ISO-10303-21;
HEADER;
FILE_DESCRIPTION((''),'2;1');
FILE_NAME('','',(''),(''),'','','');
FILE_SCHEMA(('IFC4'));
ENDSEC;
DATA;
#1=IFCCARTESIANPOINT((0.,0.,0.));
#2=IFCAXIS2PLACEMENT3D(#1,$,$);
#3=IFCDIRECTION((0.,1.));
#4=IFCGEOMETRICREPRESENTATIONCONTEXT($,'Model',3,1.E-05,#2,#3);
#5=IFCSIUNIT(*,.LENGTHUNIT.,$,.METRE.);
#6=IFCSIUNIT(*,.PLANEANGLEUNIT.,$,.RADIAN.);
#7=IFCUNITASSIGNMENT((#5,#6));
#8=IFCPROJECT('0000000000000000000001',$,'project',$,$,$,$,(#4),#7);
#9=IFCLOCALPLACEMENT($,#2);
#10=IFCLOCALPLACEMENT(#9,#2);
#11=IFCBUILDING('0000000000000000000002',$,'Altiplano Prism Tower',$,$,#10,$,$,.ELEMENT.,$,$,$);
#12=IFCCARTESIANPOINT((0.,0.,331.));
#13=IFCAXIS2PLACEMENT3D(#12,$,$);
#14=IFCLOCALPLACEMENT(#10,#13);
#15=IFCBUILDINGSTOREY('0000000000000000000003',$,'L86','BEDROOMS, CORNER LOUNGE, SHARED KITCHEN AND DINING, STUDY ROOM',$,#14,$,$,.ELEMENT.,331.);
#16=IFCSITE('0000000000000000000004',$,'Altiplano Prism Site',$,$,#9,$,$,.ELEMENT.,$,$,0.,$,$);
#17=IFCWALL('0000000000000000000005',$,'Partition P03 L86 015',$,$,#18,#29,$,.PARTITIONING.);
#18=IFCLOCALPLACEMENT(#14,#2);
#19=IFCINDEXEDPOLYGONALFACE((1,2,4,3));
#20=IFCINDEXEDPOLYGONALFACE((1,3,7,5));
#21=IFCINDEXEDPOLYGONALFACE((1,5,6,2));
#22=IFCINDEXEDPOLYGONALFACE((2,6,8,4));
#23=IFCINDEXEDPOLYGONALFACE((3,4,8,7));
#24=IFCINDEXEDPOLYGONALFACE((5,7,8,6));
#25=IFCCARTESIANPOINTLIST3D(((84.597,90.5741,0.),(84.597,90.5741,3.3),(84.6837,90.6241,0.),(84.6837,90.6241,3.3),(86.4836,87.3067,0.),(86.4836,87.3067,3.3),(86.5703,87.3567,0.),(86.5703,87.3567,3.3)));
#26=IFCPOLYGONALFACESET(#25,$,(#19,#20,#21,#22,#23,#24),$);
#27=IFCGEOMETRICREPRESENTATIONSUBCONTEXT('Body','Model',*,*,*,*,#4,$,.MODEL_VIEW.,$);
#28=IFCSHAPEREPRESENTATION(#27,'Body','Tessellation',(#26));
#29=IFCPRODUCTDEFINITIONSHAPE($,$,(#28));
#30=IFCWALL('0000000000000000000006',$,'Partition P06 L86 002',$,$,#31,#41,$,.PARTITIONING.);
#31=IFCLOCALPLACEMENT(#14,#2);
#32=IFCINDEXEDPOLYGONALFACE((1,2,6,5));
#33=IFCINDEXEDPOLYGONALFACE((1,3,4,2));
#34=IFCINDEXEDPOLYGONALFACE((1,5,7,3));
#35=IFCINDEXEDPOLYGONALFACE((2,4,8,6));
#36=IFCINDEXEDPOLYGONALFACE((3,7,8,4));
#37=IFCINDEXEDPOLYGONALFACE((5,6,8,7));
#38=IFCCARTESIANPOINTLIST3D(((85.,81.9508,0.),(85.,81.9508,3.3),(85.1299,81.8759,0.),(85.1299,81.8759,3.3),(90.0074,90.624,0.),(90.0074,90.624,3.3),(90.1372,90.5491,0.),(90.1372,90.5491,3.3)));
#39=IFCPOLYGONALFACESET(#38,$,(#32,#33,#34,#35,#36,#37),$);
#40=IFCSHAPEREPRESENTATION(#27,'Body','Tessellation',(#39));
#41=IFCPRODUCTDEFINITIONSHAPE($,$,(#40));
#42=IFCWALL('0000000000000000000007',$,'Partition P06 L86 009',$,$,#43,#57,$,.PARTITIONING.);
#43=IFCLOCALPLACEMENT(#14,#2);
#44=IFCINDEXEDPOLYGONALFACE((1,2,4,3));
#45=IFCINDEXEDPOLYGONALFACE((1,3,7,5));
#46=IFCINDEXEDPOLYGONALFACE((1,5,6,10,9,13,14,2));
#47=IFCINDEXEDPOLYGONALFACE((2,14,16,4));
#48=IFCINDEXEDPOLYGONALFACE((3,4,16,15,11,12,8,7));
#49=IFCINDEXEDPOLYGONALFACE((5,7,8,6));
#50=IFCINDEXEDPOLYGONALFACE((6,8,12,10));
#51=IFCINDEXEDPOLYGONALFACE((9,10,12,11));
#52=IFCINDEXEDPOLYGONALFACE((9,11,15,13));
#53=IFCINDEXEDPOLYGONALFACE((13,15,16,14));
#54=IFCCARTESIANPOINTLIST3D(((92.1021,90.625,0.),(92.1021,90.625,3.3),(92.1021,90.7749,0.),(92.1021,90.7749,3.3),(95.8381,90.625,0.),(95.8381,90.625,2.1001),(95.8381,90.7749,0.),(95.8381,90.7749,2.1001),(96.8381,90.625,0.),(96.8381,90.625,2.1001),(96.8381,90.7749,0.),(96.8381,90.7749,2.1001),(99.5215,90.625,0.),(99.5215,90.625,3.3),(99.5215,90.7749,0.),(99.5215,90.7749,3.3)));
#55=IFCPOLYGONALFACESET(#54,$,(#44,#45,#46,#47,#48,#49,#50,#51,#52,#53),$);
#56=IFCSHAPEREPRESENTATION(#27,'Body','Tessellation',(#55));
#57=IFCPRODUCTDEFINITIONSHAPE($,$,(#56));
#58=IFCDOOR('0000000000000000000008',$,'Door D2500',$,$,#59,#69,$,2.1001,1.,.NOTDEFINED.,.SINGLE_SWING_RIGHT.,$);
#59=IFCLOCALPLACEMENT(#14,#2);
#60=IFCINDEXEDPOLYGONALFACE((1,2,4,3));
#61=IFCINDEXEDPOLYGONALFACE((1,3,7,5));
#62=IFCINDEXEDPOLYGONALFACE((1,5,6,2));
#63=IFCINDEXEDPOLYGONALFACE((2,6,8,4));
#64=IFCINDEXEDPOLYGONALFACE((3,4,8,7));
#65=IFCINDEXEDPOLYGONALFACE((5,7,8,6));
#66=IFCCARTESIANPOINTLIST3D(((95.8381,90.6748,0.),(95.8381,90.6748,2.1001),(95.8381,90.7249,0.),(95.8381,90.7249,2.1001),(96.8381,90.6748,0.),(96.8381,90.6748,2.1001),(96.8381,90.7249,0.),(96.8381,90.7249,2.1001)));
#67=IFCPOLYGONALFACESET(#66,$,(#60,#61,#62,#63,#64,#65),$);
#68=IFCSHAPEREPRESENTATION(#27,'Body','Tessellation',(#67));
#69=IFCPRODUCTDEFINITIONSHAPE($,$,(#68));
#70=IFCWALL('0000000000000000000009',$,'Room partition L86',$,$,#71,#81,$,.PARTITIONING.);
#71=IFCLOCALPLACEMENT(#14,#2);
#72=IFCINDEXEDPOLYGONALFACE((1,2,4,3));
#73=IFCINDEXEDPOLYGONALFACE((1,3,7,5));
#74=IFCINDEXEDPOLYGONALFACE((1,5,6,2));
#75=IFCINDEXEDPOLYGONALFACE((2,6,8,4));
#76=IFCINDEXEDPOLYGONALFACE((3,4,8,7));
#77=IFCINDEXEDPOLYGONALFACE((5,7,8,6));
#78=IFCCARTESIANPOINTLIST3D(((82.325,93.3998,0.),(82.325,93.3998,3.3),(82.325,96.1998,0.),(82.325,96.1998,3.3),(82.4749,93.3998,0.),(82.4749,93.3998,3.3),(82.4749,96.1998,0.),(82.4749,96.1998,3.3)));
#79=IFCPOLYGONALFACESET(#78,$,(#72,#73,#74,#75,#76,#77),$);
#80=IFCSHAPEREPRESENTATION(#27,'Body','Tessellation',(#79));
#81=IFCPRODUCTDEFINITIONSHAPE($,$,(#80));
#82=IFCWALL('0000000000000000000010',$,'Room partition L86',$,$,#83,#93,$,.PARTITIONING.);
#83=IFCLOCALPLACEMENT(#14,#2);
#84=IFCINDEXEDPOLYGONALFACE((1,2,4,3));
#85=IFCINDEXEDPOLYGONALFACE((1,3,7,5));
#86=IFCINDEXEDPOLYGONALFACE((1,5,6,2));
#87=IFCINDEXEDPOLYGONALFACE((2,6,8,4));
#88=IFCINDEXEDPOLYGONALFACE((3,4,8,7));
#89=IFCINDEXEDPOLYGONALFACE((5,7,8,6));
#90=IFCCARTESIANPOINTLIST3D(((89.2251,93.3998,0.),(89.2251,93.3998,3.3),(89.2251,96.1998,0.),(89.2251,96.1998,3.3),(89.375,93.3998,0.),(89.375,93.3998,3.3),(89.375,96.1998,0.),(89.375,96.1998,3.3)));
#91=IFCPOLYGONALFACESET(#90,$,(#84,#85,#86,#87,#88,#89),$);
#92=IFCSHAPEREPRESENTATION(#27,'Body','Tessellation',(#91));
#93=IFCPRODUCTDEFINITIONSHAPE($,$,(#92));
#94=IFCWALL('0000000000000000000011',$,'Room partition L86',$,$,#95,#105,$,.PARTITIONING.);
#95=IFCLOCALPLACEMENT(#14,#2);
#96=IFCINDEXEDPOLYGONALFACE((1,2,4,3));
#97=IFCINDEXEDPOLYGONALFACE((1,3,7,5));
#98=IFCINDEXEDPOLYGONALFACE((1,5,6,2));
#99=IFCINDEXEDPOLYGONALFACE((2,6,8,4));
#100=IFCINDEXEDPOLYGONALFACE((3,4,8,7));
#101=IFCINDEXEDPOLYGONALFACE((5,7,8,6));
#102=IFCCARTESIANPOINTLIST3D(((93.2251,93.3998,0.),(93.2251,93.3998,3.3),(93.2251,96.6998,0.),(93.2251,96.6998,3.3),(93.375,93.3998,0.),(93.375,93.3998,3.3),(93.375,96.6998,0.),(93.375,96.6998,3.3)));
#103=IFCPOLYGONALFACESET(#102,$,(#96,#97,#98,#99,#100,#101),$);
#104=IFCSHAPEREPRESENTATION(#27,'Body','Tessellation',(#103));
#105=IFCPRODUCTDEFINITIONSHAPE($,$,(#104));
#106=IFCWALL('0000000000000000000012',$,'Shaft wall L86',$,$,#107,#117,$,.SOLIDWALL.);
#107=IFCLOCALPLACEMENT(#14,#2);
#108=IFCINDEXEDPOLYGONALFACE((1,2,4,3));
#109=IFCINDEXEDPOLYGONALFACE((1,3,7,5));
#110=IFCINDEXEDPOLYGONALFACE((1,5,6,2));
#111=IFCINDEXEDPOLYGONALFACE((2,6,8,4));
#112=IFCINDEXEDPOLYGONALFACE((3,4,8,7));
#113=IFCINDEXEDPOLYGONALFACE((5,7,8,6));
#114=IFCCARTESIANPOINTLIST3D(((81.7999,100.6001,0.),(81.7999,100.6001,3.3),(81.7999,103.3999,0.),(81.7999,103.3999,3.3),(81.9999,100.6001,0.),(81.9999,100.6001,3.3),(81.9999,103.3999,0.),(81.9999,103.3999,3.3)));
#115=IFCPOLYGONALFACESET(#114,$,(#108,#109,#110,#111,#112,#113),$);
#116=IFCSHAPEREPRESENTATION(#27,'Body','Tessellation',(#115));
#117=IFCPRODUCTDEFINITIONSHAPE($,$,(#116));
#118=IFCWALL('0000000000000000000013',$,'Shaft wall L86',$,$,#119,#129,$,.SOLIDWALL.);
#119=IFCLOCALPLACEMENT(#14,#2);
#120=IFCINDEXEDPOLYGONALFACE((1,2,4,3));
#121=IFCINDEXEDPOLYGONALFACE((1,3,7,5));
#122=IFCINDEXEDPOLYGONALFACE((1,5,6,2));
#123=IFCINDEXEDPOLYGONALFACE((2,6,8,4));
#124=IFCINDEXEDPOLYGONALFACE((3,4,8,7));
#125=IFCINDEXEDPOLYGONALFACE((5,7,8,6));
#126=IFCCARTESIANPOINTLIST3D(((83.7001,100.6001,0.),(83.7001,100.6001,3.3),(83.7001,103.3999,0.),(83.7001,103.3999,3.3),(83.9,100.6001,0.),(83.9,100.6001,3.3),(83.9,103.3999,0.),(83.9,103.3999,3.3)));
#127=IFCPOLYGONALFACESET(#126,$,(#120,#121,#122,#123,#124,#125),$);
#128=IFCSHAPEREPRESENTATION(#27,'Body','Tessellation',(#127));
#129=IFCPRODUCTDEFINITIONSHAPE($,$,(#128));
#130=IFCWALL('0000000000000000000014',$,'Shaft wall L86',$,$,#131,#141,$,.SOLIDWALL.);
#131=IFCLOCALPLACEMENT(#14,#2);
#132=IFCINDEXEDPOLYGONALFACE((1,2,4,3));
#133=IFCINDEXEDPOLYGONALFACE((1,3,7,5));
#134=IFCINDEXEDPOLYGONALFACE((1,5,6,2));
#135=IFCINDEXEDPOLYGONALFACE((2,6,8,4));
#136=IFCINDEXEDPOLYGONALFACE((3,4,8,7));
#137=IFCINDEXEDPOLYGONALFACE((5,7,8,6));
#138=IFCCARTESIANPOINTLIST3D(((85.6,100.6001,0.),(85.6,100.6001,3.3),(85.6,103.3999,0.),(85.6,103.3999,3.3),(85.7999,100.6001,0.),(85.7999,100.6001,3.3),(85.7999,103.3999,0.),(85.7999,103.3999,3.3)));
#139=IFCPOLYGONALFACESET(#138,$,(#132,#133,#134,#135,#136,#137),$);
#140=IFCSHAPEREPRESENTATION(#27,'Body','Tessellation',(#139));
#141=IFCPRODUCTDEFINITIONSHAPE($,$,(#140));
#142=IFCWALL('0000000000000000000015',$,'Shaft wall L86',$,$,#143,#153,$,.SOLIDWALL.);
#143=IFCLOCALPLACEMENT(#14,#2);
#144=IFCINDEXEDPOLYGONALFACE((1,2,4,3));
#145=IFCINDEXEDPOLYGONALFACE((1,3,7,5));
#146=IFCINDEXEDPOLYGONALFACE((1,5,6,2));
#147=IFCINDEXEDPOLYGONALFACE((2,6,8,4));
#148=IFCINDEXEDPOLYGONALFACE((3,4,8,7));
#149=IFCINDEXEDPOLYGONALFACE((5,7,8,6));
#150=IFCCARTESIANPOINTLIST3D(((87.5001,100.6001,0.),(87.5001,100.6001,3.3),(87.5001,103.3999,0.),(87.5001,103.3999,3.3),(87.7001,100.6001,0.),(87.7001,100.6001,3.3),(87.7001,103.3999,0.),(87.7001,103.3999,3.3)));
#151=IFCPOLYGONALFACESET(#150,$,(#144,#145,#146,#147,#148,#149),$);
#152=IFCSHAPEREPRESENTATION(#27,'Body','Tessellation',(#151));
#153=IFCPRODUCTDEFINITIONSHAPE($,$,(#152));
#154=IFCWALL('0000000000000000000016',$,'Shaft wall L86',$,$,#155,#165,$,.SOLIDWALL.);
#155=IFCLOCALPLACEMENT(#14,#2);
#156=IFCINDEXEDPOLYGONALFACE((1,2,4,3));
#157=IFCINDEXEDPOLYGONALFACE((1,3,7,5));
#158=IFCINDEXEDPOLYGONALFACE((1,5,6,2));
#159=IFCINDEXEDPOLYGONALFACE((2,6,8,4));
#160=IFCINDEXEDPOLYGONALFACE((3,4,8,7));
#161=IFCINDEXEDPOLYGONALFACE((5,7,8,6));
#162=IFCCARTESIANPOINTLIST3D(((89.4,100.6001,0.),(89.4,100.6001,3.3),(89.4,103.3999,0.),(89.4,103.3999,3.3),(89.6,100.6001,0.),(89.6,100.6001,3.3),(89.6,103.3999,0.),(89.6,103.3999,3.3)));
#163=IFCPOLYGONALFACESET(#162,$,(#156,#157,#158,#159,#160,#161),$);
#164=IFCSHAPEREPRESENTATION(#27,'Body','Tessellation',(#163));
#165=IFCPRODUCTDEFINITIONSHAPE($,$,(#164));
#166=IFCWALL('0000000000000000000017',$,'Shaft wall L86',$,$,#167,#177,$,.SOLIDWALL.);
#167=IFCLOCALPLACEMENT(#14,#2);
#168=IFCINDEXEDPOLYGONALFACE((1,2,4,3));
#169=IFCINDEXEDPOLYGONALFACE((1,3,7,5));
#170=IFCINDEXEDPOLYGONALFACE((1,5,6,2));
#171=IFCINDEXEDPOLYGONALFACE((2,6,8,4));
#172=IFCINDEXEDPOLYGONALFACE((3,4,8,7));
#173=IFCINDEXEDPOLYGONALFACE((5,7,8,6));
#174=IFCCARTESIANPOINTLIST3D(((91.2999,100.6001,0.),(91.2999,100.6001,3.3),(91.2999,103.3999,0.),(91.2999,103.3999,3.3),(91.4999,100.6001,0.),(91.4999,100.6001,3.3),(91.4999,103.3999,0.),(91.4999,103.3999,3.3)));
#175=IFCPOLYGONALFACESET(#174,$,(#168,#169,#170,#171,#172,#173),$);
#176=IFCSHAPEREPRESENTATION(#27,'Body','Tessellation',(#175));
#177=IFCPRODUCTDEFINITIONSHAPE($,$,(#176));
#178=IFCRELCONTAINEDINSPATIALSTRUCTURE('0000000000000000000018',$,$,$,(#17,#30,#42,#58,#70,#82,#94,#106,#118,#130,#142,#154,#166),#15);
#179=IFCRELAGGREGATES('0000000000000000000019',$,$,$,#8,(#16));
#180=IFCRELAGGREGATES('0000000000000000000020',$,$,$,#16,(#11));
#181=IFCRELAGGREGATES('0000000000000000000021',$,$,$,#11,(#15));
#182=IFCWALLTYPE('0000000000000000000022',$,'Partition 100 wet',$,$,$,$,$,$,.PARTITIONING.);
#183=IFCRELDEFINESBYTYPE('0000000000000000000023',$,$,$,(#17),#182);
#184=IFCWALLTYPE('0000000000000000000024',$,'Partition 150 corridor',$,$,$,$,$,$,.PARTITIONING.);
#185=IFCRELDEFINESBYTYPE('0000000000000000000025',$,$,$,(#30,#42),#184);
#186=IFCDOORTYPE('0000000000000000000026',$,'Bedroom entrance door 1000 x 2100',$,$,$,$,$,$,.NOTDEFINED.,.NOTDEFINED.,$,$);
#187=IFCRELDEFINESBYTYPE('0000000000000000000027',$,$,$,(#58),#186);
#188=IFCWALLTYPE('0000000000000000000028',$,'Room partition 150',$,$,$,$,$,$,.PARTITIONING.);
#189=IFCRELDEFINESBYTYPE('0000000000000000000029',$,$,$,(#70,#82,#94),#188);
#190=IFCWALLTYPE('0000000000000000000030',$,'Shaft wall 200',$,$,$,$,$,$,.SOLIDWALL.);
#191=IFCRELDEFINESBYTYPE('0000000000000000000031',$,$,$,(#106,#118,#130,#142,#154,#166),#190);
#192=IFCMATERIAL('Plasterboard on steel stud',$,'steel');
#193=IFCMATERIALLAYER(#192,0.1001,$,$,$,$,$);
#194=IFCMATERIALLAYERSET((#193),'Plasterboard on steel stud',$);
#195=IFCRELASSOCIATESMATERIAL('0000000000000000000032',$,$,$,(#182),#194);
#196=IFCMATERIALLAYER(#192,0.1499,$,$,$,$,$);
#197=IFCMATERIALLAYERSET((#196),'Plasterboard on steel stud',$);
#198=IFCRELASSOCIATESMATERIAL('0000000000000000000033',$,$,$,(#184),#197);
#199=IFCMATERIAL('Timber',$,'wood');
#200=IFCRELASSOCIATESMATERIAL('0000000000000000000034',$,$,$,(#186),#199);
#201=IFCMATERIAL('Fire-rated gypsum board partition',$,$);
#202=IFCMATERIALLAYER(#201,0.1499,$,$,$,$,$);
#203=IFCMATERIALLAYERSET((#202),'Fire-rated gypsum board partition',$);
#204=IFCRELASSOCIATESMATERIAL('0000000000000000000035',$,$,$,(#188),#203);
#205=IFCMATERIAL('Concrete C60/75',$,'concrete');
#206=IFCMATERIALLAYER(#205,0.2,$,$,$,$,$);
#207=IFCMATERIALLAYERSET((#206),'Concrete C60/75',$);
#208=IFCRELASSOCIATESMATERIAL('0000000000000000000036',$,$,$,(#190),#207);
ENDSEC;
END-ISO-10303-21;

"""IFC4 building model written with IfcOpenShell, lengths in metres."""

from ifc_helpers import new_model, si_unit, direction, frame, frame_2d, origin, place, context, subcontext, project, spatial, rectangle, extrude, material, layer, layer_set, type_object, element, fill, save


model = new_model("IFC4")

# Units and contexts
model_context = context("Model", 3, precision=1e-05, world=origin(), true_north=direction((0.0, 1.0)))
body_context = subcontext(model_context, "Body", "Model", "MODEL_VIEW")
ifc_project = project(units=[si_unit("LENGTHUNIT", "METRE"), si_unit("PLANEANGLEUNIT", "RADIAN")], contexts=[model_context])

# Site, building, storey
site_placement = place(None, origin())
site = spatial("IfcSite", under=ifc_project, at=site_placement, Name="Altiplano Prism Site", CompositionType="ELEMENT", RefElevation=0.0)
building_placement = place(site_placement, origin())
building = spatial("IfcBuilding", under=site, at=building_placement, Name="Altiplano Prism Tower", CompositionType="ELEMENT")
storey_placement = place(building_placement, frame((0.0, 0.0, 331.0)))
storey = spatial("IfcBuildingStorey", under=building, at=storey_placement, Name="L86", Description="BEDROOMS, CORNER LOUNGE, SHARED KITCHEN AND DINING, STUDY ROOM", CompositionType="ELEMENT", Elevation=331.0)

# Walls
ifc_material_1 = material(Name="Plasterboard on steel stud", Category="steel")
ifc_layer_1 = layer(ifc_material_1, 0.1001)
ifc_layer_set_1 = layer_set([ifc_layer_1], Name="Plasterboard on steel stud")
wall_type_1 = type_object("IfcWallType", Name="Partition 100 wet", PredefinedType="PARTITIONING", material=ifc_layer_set_1)
wall_1_placement = place(storey_placement, frame((84.6404, 90.5991, 0.0), z_axis=(0.0, 0.0, 1.0), x_axis=(0.500016, -0.866016, 0.0)))
element("IfcWall", 1, at=wall_1_placement, inside=storey, type_object=wall_type_1, Name="Partition P03 L86 015", PredefinedType="PARTITIONING", context=body_context, shape_type="SweptSolid", body=[
    extrude(rectangle(XDim=3.7729, YDim=0.1001, at=frame_2d((1.8865, 0.0))), origin(), (0.0, 0.0, 1.0), 3.3),
])
ifc_layer_2 = layer(ifc_material_1, 0.1499)
ifc_layer_set_2 = layer_set([ifc_layer_2], Name="Plasterboard on steel stud")
wall_type_2 = type_object("IfcWallType", Name="Partition 150 corridor", PredefinedType="PARTITIONING", material=ifc_layer_set_2)
wall_2_placement = place(storey_placement, frame((90.0723, 90.5864, 0.0), z_axis=(0.0, 0.0, 1.0), x_axis=(-0.499993, -0.866029, 0.0)))
element("IfcWall", 2, at=wall_2_placement, inside=storey, type_object=wall_type_2, Name="Partition P06 L86 002", PredefinedType="PARTITIONING", context=body_context, shape_type="SweptSolid", body=[
    extrude(rectangle(XDim=10.0149, YDim=0.1499, at=frame_2d((5.0073, 0.0))), origin(), (0.0, 0.0, 1.0), 3.3),
])

# Wall, opening, door
wall_3_placement = place(storey_placement, frame((92.1021, 90.7, 0.0), z_axis=(0.0, 0.0, 1.0), x_axis=(1.0, 0.0, 0.0)))
wall_3 = element("IfcWall", 3, at=wall_3_placement, inside=storey, type_object=wall_type_2, Name="Partition P06 L86 009", PredefinedType="PARTITIONING", context=body_context, shape_type="SweptSolid", body=[
    extrude(rectangle(XDim=7.4194, YDim=0.1499, at=frame_2d((3.7097, 0.0))), origin(), (0.0, 0.0, 1.0), 3.3),
])
opening_1_placement = place(wall_3_placement, frame((3.7361, 0.0, 0.0)))
opening_1 = element("IfcOpeningElement", 4, at=opening_1_placement, cuts=wall_3, PredefinedType="OPENING", context=body_context, shape_type="SweptSolid", body=[
    extrude(rectangle(XDim=1.0, YDim=2.1001, at=frame_2d((0.5, 1.05))), frame((0.0, 0.0854, 0.0), z_axis=(0.0, -1.0, 0.0), x_axis=(1.0, 0.0, 0.0)), (0.0, 0.0, 1.0), 0.1709),
])
ifc_material_2 = material(Name="Timber", Category="wood")
door_type_1 = type_object("IfcDoorType", Name="Bedroom entrance door 1000 x 2100", OperationType="NOTDEFINED", PredefinedType="NOTDEFINED", material=ifc_material_2)
door_1_placement = place(opening_1_placement, origin())
door_1 = element("IfcDoor", 5, at=door_1_placement, inside=storey, type_object=door_type_1, Name="Door D2500", OperationType="SINGLE_SWING_RIGHT", OverallHeight=2.1001, OverallWidth=1.0, PredefinedType="NOTDEFINED", context=body_context, shape_type="SweptSolid", body=[
    extrude(rectangle(XDim=1.0, YDim=2.1001, at=frame_2d((0.5, 1.05))), frame((0.0, 0.0249, 0.0), z_axis=(0.0, -1.0, 0.0), x_axis=(1.0, 0.0, 0.0)), (0.0, 0.0, 1.0), 0.05),
])
fill(opening_1, door_1)

# Walls
ifc_material_3 = material(Name="Fire-rated gypsum board partition")
ifc_layer_3 = layer(ifc_material_3, 0.1499)
ifc_layer_set_3 = layer_set([ifc_layer_3], Name="Fire-rated gypsum board partition")
wall_type_3 = type_object("IfcWallType", Name="Room partition 150", PredefinedType="PARTITIONING", material=ifc_layer_set_3)
for number, where, z_axis, x_axis, name in (
    (6, (82.3999, 93.3999, 0.0), (0.0, 0.0, 1.0), (0.0, 1.0, 0.0), "Room partition L86"),
    (7, (89.3, 93.3999, 0.0), (0.0, 0.0, 1.0), (0.0, 1.0, 0.0), "Room partition L86"),
):
    element("IfcWall", number, at=place(storey_placement, frame(where, z_axis=z_axis, x_axis=x_axis)), inside=storey, type_object=wall_type_3, Name=name, PredefinedType="PARTITIONING", context=body_context, shape_type="SweptSolid", body=[
        extrude(rectangle(XDim=2.8, YDim=0.1499, at=frame_2d((1.3999, 0.0))), origin(), (0.0, 0.0, 1.0), 3.3),
    ])
wall_4_placement = place(storey_placement, frame((93.3, 93.3999, 0.0), z_axis=(0.0, 0.0, 1.0), x_axis=(0.0, 1.0, 0.0)))
element("IfcWall", 8, at=wall_4_placement, inside=storey, type_object=wall_type_3, Name="Room partition L86", PredefinedType="PARTITIONING", context=body_context, shape_type="SweptSolid", body=[
    extrude(rectangle(XDim=3.3, YDim=0.1499, at=frame_2d((1.6499, 0.0))), origin(), (0.0, 0.0, 1.0), 3.3),
])
ifc_material_4 = material(Name="Concrete C60/75", Category="concrete")
ifc_layer_4 = layer(ifc_material_4, 0.2)
ifc_layer_set_4 = layer_set([ifc_layer_4], Name="Concrete C60/75")
wall_type_4 = type_object("IfcWallType", Name="Shaft wall 200", PredefinedType="SOLIDWALL", material=ifc_layer_set_4)
for number, where, z_axis, x_axis, name in (
    (9, (81.8999, 100.6001, 0.0), (0.0, 0.0, 1.0), (0.0, 1.0, 0.0), "Shaft wall L86"),
    (10, (83.8, 100.6001, 0.0), (0.0, 0.0, 1.0), (0.0, 1.0, 0.0), "Shaft wall L86"),
    (11, (85.7, 100.6001, 0.0), (0.0, 0.0, 1.0), (0.0, 1.0, 0.0), "Shaft wall L86"),
    (12, (87.6001, 100.6001, 0.0), (0.0, 0.0, 1.0), (0.0, 1.0, 0.0), "Shaft wall L86"),
    (13, (89.5, 100.6001, 0.0), (0.0, 0.0, 1.0), (0.0, 1.0, 0.0), "Shaft wall L86"),
    (14, (91.3999, 100.6001, 0.0), (0.0, 0.0, 1.0), (0.0, 1.0, 0.0), "Shaft wall L86"),
):
    element("IfcWall", number, at=place(storey_placement, frame(where, z_axis=z_axis, x_axis=x_axis)), inside=storey, type_object=wall_type_4, Name=name, PredefinedType="SOLIDWALL", context=body_context, shape_type="SweptSolid", body=[
        extrude(rectangle(XDim=2.7998, YDim=0.2, at=frame_2d((1.3999, 0.0))), origin(), (0.0, 0.0, 1.0), 3.3),
    ])

save(model, "model.ifc")
